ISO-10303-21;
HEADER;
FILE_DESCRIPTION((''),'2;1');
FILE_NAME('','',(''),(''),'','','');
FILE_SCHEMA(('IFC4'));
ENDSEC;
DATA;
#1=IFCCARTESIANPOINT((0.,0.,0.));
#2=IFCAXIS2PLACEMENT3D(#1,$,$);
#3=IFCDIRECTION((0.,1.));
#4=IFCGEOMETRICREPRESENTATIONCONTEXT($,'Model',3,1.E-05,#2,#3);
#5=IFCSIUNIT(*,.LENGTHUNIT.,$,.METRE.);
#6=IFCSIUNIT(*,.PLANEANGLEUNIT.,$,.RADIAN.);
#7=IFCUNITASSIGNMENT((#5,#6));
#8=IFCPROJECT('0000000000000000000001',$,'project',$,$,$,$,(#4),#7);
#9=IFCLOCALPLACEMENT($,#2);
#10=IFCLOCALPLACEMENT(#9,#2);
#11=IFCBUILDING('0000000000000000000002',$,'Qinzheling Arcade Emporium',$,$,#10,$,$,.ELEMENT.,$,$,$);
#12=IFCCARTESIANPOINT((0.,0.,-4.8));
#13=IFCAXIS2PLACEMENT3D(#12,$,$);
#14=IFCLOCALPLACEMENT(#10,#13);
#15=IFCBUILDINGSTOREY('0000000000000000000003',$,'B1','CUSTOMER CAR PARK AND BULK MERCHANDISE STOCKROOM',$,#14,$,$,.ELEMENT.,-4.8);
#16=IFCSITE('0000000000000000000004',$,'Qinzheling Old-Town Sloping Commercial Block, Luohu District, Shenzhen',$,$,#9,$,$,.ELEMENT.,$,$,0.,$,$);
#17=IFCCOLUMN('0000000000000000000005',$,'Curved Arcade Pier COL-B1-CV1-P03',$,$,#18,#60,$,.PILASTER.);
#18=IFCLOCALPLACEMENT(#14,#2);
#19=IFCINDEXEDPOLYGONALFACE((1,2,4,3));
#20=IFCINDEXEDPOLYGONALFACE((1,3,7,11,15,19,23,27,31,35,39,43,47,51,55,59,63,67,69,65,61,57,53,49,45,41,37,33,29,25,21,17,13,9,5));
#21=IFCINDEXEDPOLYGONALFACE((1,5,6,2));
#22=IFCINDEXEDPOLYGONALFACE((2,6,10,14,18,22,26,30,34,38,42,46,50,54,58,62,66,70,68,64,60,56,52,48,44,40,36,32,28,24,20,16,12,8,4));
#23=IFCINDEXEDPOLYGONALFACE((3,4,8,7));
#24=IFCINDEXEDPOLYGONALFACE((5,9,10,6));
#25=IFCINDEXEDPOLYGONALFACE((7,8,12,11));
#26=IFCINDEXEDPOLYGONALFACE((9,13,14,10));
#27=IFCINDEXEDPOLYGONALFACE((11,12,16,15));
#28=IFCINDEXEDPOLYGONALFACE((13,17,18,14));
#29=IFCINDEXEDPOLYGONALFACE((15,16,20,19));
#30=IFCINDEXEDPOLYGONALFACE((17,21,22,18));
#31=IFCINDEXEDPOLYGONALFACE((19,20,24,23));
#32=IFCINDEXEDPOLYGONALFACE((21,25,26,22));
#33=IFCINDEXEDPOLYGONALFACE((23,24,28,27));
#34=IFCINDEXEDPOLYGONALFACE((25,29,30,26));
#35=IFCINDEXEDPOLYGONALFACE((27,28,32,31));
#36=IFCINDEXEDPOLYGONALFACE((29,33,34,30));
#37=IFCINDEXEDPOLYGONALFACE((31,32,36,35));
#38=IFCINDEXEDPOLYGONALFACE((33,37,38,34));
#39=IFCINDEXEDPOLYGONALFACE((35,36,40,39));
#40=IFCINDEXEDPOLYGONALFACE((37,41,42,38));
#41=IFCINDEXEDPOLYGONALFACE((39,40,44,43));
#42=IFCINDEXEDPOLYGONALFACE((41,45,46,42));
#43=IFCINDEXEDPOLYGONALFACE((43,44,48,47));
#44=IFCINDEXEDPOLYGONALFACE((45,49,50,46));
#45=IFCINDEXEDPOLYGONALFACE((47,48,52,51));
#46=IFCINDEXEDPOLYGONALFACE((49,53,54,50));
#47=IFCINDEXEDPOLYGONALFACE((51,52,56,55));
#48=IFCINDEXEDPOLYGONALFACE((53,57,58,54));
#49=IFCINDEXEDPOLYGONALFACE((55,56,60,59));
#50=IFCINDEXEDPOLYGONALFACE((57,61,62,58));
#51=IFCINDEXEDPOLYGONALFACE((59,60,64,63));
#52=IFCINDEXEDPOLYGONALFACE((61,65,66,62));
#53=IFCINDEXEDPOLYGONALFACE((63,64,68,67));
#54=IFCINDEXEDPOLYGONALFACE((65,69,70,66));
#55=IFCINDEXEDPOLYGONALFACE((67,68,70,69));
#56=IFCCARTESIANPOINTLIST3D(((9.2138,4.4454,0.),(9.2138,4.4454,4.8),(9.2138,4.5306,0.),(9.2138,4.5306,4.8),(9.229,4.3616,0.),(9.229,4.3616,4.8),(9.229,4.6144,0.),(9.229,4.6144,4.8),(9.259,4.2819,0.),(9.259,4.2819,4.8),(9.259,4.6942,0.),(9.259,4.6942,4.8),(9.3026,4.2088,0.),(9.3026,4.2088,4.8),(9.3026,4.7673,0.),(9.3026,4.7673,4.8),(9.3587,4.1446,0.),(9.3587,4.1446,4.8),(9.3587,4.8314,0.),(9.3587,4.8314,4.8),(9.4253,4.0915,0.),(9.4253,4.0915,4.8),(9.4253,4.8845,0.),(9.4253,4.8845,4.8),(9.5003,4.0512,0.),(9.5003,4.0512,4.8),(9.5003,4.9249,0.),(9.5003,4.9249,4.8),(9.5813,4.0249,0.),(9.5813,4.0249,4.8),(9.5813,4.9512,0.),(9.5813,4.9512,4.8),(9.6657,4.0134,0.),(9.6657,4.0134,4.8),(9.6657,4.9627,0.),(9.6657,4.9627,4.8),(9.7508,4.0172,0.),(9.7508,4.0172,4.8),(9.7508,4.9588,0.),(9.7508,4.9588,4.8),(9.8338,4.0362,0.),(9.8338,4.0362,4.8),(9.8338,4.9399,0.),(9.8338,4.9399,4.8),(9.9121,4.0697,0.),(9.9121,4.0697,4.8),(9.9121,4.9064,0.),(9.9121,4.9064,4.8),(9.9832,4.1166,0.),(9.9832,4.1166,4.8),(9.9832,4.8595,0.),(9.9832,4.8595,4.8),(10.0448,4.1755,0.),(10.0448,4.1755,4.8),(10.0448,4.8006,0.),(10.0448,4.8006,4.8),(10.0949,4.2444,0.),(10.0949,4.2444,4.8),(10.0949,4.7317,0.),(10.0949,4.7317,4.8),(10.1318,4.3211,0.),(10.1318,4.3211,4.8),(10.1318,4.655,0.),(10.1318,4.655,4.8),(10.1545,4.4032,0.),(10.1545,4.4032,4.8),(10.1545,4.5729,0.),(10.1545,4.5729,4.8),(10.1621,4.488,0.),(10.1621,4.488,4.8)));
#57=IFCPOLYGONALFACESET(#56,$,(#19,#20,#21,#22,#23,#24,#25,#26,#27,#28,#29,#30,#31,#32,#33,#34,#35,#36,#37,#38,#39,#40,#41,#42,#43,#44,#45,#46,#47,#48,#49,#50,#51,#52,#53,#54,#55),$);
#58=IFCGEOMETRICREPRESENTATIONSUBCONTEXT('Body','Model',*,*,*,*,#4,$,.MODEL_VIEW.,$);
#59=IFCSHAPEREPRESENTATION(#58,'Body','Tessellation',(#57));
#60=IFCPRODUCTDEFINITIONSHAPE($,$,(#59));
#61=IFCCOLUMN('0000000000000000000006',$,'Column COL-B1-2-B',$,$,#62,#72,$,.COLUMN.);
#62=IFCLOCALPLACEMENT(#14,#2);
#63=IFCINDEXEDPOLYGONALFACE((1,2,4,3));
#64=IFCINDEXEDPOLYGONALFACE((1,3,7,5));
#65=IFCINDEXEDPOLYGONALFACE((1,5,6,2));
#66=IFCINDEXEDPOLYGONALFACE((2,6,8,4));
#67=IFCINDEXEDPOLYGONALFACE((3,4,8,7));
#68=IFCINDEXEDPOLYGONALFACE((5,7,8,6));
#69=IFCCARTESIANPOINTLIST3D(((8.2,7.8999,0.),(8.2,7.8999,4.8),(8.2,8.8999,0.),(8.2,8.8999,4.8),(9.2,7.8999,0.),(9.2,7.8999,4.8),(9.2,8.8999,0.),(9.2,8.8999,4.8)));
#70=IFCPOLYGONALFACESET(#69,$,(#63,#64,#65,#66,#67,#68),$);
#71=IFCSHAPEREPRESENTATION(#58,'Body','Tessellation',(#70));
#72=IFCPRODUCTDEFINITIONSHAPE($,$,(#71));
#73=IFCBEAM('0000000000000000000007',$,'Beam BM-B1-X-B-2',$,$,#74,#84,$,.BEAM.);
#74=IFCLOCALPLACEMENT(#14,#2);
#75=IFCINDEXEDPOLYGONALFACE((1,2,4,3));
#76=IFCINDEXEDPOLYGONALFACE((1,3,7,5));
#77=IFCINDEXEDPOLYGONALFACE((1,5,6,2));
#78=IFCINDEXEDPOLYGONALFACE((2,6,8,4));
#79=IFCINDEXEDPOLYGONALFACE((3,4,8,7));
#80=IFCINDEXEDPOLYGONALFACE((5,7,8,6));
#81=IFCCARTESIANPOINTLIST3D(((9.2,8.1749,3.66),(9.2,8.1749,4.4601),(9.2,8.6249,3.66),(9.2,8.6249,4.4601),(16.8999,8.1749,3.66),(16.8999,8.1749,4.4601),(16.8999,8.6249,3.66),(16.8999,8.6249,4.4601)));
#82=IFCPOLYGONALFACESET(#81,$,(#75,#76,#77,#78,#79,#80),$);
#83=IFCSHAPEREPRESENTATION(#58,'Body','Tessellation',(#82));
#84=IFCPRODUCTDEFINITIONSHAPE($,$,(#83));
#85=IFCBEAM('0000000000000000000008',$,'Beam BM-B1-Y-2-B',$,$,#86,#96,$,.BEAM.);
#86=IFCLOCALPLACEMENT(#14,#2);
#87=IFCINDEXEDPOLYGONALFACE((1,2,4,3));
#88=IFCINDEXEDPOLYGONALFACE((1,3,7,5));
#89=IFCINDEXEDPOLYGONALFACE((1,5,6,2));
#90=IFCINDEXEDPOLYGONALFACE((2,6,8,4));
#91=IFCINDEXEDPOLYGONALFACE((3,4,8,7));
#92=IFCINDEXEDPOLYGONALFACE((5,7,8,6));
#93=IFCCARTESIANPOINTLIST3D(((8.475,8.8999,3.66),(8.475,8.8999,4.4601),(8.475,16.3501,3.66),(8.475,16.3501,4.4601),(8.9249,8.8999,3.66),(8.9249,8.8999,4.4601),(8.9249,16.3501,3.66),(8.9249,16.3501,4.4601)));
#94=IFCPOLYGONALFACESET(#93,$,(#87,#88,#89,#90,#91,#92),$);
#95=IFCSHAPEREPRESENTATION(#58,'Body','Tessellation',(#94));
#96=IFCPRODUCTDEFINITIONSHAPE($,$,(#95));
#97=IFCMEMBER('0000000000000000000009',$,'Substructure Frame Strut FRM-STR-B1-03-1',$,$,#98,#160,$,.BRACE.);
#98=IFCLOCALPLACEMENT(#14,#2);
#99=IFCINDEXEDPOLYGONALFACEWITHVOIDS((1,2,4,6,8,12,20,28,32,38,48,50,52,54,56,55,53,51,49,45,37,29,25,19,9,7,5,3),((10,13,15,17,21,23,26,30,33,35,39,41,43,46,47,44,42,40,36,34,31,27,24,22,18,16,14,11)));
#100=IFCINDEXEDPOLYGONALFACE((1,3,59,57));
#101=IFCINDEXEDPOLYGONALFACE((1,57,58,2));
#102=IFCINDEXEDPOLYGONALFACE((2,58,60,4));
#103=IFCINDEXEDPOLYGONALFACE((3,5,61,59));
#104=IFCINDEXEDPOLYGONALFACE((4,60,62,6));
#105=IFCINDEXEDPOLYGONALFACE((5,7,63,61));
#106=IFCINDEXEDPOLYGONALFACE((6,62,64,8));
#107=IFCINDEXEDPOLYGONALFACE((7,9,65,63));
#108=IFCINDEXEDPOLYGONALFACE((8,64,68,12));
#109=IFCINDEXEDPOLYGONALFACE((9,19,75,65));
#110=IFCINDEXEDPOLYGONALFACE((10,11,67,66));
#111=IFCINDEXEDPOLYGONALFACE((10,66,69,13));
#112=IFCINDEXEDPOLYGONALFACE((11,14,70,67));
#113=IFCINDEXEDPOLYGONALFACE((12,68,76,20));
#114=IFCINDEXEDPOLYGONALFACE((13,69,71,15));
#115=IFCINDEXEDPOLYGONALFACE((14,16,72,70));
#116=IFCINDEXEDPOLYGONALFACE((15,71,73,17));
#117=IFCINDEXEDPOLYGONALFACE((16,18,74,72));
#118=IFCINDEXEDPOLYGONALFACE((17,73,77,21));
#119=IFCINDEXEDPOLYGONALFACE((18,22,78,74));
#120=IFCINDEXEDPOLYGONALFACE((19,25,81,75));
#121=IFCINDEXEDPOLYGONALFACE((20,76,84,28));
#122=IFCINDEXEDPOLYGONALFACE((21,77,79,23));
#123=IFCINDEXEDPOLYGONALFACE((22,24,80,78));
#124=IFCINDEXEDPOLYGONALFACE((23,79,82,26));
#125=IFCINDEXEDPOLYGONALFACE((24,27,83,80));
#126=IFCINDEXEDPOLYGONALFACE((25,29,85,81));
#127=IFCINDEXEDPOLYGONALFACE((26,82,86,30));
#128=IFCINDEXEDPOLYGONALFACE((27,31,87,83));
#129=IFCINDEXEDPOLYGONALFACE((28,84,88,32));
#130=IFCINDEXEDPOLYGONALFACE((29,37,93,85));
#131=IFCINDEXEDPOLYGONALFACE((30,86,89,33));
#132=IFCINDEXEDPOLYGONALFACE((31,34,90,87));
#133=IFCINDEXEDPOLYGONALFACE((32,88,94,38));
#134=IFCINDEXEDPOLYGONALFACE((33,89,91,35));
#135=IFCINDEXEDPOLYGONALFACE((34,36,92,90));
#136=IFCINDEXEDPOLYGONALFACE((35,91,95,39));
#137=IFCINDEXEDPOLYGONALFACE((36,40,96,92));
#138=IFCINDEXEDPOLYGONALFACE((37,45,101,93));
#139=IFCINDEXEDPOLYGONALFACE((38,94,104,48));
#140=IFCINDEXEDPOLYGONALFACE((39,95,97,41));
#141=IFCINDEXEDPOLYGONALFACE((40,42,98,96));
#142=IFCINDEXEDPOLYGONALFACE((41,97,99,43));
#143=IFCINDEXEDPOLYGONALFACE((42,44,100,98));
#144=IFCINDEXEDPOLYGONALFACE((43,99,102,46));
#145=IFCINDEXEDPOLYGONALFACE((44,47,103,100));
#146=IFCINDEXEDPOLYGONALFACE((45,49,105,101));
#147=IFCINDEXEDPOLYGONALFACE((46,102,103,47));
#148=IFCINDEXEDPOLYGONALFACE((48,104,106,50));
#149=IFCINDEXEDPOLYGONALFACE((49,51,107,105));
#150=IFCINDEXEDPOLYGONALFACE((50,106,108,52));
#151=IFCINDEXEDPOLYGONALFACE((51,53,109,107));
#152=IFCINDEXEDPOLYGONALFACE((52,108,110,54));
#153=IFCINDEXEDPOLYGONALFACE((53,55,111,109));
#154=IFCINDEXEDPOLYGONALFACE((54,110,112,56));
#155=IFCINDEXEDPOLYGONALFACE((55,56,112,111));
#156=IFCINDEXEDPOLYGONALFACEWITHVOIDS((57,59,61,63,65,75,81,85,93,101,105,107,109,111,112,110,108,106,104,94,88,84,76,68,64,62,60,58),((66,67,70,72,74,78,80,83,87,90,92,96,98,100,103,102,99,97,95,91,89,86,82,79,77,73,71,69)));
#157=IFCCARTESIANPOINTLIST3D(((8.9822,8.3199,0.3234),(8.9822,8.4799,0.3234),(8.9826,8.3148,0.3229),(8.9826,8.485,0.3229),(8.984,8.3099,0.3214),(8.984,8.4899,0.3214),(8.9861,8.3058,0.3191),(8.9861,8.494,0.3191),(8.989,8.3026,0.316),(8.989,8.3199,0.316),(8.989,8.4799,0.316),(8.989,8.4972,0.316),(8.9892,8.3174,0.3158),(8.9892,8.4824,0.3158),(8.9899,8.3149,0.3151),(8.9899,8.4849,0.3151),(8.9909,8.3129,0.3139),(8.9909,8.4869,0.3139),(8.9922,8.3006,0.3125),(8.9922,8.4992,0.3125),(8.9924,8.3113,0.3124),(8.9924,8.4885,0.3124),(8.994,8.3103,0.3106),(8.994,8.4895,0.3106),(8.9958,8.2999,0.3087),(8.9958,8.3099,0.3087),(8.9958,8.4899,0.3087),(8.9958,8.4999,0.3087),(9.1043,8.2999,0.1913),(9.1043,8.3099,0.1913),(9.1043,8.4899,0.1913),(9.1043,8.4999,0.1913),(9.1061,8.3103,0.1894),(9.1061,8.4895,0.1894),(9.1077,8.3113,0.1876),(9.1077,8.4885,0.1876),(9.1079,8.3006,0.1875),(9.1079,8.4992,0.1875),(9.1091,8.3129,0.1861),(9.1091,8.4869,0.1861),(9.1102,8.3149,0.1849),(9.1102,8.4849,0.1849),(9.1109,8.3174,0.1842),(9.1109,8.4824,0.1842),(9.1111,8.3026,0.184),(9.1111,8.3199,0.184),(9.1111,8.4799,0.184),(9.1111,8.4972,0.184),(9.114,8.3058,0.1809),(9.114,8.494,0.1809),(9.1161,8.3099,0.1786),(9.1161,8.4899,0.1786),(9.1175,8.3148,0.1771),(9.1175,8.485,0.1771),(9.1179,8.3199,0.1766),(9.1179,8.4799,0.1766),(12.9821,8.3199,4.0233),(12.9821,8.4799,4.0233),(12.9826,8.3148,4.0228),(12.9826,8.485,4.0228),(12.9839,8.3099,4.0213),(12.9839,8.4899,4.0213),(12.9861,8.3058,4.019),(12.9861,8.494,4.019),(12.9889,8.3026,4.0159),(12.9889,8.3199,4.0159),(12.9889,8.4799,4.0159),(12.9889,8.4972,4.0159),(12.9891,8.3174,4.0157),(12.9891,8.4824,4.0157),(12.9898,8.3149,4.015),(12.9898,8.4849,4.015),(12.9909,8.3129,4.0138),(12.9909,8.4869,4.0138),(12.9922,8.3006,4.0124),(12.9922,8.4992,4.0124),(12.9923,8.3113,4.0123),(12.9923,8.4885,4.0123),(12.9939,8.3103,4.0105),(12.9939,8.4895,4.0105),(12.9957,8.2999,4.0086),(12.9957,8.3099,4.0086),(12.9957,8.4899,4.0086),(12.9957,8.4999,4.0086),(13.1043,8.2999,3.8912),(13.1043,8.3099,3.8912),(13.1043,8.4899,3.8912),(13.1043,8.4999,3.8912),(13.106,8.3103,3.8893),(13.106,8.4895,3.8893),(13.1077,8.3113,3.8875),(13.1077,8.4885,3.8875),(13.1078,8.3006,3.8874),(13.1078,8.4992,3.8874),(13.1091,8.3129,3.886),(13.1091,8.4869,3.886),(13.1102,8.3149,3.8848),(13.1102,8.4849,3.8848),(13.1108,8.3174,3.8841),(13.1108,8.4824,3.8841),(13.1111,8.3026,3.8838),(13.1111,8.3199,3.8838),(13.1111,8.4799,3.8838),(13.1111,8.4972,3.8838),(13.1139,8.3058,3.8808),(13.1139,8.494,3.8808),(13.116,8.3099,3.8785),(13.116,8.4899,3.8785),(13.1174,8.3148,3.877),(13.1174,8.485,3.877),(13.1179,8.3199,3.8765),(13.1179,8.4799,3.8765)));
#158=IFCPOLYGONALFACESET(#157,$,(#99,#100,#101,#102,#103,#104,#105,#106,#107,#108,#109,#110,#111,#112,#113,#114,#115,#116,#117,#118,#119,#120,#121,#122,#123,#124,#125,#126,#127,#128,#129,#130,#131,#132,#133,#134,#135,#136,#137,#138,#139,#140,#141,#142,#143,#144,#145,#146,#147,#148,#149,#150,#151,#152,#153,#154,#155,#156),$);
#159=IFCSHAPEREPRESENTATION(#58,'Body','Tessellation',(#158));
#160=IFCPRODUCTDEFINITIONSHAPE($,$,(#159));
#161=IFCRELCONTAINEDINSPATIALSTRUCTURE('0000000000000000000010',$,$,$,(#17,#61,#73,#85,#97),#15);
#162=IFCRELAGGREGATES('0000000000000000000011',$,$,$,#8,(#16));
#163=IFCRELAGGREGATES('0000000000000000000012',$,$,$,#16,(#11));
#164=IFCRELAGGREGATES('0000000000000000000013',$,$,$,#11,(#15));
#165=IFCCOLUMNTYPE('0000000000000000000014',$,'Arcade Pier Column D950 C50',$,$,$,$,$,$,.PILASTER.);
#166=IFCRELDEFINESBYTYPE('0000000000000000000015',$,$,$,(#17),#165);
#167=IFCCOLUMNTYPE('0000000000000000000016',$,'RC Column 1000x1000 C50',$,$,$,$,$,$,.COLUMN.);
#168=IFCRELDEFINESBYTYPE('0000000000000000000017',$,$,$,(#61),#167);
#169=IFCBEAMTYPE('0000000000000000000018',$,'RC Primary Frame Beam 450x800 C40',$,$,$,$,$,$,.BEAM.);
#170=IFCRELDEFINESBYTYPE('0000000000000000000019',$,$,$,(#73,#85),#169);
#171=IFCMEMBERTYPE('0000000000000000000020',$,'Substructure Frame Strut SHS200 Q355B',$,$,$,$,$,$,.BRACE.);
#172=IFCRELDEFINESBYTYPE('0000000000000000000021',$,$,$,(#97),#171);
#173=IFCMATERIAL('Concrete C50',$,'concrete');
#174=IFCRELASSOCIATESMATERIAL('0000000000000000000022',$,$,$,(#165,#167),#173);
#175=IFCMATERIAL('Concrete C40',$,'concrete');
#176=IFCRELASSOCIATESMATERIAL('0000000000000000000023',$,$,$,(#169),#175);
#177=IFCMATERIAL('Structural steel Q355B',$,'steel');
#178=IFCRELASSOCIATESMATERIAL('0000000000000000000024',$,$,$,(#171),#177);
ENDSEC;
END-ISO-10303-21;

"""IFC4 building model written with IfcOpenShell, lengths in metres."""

from ifc_helpers import new_model, si_unit, direction, frame, origin, origin_2d, place, context, subcontext, project, spatial, rectangle, hollow_rectangle, circle, extrude, material, material_profile, profile_set, type_object, element, save


model = new_model("IFC4")

# Units and contexts
model_context = context("Model", 3, precision=1e-05, world=origin(), true_north=direction((0.0, 1.0)))
body_context = subcontext(model_context, "Body", "Model", "MODEL_VIEW")
ifc_project = project(units=[si_unit("LENGTHUNIT", "METRE"), si_unit("PLANEANGLEUNIT", "RADIAN")], contexts=[model_context])

# Site, building, storey
site_placement = place(None, origin())
site = spatial("IfcSite", under=ifc_project, at=site_placement, Name="Qinzheling Old-Town Sloping Commercial Block, Luohu District, Shenzhen", CompositionType="ELEMENT", RefElevation=0.0)
building_placement = place(site_placement, origin())
building = spatial("IfcBuilding", under=site, at=building_placement, Name="Qinzheling Arcade Emporium", CompositionType="ELEMENT")
storey_placement = place(building_placement, frame((0.0, 0.0, -4.8)))
storey = spatial("IfcBuildingStorey", under=building, at=storey_placement, Name="B1", Description="CUSTOMER CAR PARK AND BULK MERCHANDISE STOCKROOM", CompositionType="ELEMENT", Elevation=-4.8)

# Columns
ifc_material_1 = material(Name="Concrete C50", Category="concrete")
ifc_material_profile_1 = material_profile(ifc_material_1, circle(Radius=0.4751, at=origin_2d()), Name="RC D950", Category="concrete")
ifc_profile_set_1 = profile_set([ifc_material_profile_1], Name="Concrete C50")
column_type_1 = type_object("IfcColumnType", Name="Arcade Pier Column D950 C50", PredefinedType="PILASTER", material=ifc_profile_set_1)
column_1_placement = place(storey_placement, frame((9.687, 4.488, 0.0), z_axis=(0.0, 0.0, 1.0), x_axis=(1.0, 0.0, 0.0)))
element("IfcColumn", 1, at=column_1_placement, inside=storey, type_object=column_type_1, Name="Curved Arcade Pier COL-B1-CV1-P03", PredefinedType="PILASTER", context=body_context, shape_type="SweptSolid", body=[
    extrude(circle(Radius=0.4751, at=origin_2d()), origin(), (0.0, 0.0, 1.0), 4.8),
])
ifc_material_profile_2 = material_profile(ifc_material_1, rectangle(XDim=1.0, YDim=1.0, at=origin_2d()), Name="RC 1000x1000", Category="concrete")
ifc_profile_set_2 = profile_set([ifc_material_profile_2], Name="Concrete C50")
column_type_2 = type_object("IfcColumnType", Name="RC Column 1000x1000 C50", PredefinedType="COLUMN", material=ifc_profile_set_2)
column_2_placement = place(storey_placement, frame((8.7, 8.3999, 0.0), z_axis=(0.0, 0.0, 1.0), x_axis=(1.0, 0.0, 0.0)))
element("IfcColumn", 2, at=column_2_placement, inside=storey, type_object=column_type_2, Name="Column COL-B1-2-B", PredefinedType="COLUMN", context=body_context, shape_type="SweptSolid", body=[
    extrude(rectangle(XDim=1.0, YDim=1.0, at=origin_2d()), origin(), (0.0, 0.0, 1.0), 4.8),
])

# Beams
ifc_material_2 = material(Name="Concrete C40", Category="concrete")
ifc_material_profile_3 = material_profile(ifc_material_2, rectangle(XDim=0.45, YDim=0.8, at=origin_2d()), Name="RC 450x800", Category="concrete")
ifc_profile_set_3 = profile_set([ifc_material_profile_3], Name="Concrete C40")
beam_type = type_object("IfcBeamType", Name="RC Primary Frame Beam 450x800 C40", PredefinedType="BEAM", material=ifc_profile_set_3)
beam_1_placement = place(storey_placement, frame((9.2, 8.3999, 4.0601), z_axis=(1.0, 0.0, 0.0), x_axis=(0.0, 1.0, 0.0)))
element("IfcBeam", 3, at=beam_1_placement, inside=storey, type_object=beam_type, Name="Beam BM-B1-X-B-2", PredefinedType="BEAM", context=body_context, shape_type="SweptSolid", body=[
    extrude(rectangle(XDim=0.45, YDim=0.8, at=origin_2d()), origin(), (0.0, 0.0, 1.0), 7.7),
])
beam_2_placement = place(storey_placement, frame((8.7, 8.8999, 4.0601), z_axis=(0.0, 1.0, 0.0), x_axis=(-1.0, 0.0, 0.0)))
element("IfcBeam", 4, at=beam_2_placement, inside=storey, type_object=beam_type, Name="Beam BM-B1-Y-2-B", PredefinedType="BEAM", context=body_context, shape_type="SweptSolid", body=[
    extrude(rectangle(XDim=0.45, YDim=0.8, at=origin_2d()), origin(), (0.0, 0.0, 1.0), 7.4502),
])

# Member
ifc_material_3 = material(Name="Structural steel Q355B", Category="steel")
ifc_material_profile_4 = material_profile(ifc_material_3, hollow_rectangle(XDim=0.2, YDim=0.2, WallThickness=0.01, InnerFilletRadius=0.01, OuterFilletRadius=0.02, at=origin_2d()), Name="SHS 200x200x10", Category="steel")
ifc_profile_set_4 = profile_set([ifc_material_profile_4], Name="Structural steel Q355B")
member_type = type_object("IfcMemberType", Name="Substructure Frame Strut SHS200 Q355B", PredefinedType="BRACE", material=ifc_profile_set_4)
member_placement = place(storey_placement, frame((9.05, 8.3999, 0.25), z_axis=(0.734104, 0.0, 0.679037), x_axis=(0.0, 1.0, 0.0)))
element("IfcMember", 5, at=member_placement, inside=storey, type_object=member_type, Name="Substructure Frame Strut FRM-STR-B1-03-1", PredefinedType="BRACE", context=body_context, shape_type="SweptSolid", body=[
    extrude(hollow_rectangle(XDim=0.2, YDim=0.2, WallThickness=0.01, InnerFilletRadius=0.01, OuterFilletRadius=0.02, at=origin_2d()), origin(), (0.0, 0.0, 1.0), 5.4487),
])

save(model, "model.ifc")
